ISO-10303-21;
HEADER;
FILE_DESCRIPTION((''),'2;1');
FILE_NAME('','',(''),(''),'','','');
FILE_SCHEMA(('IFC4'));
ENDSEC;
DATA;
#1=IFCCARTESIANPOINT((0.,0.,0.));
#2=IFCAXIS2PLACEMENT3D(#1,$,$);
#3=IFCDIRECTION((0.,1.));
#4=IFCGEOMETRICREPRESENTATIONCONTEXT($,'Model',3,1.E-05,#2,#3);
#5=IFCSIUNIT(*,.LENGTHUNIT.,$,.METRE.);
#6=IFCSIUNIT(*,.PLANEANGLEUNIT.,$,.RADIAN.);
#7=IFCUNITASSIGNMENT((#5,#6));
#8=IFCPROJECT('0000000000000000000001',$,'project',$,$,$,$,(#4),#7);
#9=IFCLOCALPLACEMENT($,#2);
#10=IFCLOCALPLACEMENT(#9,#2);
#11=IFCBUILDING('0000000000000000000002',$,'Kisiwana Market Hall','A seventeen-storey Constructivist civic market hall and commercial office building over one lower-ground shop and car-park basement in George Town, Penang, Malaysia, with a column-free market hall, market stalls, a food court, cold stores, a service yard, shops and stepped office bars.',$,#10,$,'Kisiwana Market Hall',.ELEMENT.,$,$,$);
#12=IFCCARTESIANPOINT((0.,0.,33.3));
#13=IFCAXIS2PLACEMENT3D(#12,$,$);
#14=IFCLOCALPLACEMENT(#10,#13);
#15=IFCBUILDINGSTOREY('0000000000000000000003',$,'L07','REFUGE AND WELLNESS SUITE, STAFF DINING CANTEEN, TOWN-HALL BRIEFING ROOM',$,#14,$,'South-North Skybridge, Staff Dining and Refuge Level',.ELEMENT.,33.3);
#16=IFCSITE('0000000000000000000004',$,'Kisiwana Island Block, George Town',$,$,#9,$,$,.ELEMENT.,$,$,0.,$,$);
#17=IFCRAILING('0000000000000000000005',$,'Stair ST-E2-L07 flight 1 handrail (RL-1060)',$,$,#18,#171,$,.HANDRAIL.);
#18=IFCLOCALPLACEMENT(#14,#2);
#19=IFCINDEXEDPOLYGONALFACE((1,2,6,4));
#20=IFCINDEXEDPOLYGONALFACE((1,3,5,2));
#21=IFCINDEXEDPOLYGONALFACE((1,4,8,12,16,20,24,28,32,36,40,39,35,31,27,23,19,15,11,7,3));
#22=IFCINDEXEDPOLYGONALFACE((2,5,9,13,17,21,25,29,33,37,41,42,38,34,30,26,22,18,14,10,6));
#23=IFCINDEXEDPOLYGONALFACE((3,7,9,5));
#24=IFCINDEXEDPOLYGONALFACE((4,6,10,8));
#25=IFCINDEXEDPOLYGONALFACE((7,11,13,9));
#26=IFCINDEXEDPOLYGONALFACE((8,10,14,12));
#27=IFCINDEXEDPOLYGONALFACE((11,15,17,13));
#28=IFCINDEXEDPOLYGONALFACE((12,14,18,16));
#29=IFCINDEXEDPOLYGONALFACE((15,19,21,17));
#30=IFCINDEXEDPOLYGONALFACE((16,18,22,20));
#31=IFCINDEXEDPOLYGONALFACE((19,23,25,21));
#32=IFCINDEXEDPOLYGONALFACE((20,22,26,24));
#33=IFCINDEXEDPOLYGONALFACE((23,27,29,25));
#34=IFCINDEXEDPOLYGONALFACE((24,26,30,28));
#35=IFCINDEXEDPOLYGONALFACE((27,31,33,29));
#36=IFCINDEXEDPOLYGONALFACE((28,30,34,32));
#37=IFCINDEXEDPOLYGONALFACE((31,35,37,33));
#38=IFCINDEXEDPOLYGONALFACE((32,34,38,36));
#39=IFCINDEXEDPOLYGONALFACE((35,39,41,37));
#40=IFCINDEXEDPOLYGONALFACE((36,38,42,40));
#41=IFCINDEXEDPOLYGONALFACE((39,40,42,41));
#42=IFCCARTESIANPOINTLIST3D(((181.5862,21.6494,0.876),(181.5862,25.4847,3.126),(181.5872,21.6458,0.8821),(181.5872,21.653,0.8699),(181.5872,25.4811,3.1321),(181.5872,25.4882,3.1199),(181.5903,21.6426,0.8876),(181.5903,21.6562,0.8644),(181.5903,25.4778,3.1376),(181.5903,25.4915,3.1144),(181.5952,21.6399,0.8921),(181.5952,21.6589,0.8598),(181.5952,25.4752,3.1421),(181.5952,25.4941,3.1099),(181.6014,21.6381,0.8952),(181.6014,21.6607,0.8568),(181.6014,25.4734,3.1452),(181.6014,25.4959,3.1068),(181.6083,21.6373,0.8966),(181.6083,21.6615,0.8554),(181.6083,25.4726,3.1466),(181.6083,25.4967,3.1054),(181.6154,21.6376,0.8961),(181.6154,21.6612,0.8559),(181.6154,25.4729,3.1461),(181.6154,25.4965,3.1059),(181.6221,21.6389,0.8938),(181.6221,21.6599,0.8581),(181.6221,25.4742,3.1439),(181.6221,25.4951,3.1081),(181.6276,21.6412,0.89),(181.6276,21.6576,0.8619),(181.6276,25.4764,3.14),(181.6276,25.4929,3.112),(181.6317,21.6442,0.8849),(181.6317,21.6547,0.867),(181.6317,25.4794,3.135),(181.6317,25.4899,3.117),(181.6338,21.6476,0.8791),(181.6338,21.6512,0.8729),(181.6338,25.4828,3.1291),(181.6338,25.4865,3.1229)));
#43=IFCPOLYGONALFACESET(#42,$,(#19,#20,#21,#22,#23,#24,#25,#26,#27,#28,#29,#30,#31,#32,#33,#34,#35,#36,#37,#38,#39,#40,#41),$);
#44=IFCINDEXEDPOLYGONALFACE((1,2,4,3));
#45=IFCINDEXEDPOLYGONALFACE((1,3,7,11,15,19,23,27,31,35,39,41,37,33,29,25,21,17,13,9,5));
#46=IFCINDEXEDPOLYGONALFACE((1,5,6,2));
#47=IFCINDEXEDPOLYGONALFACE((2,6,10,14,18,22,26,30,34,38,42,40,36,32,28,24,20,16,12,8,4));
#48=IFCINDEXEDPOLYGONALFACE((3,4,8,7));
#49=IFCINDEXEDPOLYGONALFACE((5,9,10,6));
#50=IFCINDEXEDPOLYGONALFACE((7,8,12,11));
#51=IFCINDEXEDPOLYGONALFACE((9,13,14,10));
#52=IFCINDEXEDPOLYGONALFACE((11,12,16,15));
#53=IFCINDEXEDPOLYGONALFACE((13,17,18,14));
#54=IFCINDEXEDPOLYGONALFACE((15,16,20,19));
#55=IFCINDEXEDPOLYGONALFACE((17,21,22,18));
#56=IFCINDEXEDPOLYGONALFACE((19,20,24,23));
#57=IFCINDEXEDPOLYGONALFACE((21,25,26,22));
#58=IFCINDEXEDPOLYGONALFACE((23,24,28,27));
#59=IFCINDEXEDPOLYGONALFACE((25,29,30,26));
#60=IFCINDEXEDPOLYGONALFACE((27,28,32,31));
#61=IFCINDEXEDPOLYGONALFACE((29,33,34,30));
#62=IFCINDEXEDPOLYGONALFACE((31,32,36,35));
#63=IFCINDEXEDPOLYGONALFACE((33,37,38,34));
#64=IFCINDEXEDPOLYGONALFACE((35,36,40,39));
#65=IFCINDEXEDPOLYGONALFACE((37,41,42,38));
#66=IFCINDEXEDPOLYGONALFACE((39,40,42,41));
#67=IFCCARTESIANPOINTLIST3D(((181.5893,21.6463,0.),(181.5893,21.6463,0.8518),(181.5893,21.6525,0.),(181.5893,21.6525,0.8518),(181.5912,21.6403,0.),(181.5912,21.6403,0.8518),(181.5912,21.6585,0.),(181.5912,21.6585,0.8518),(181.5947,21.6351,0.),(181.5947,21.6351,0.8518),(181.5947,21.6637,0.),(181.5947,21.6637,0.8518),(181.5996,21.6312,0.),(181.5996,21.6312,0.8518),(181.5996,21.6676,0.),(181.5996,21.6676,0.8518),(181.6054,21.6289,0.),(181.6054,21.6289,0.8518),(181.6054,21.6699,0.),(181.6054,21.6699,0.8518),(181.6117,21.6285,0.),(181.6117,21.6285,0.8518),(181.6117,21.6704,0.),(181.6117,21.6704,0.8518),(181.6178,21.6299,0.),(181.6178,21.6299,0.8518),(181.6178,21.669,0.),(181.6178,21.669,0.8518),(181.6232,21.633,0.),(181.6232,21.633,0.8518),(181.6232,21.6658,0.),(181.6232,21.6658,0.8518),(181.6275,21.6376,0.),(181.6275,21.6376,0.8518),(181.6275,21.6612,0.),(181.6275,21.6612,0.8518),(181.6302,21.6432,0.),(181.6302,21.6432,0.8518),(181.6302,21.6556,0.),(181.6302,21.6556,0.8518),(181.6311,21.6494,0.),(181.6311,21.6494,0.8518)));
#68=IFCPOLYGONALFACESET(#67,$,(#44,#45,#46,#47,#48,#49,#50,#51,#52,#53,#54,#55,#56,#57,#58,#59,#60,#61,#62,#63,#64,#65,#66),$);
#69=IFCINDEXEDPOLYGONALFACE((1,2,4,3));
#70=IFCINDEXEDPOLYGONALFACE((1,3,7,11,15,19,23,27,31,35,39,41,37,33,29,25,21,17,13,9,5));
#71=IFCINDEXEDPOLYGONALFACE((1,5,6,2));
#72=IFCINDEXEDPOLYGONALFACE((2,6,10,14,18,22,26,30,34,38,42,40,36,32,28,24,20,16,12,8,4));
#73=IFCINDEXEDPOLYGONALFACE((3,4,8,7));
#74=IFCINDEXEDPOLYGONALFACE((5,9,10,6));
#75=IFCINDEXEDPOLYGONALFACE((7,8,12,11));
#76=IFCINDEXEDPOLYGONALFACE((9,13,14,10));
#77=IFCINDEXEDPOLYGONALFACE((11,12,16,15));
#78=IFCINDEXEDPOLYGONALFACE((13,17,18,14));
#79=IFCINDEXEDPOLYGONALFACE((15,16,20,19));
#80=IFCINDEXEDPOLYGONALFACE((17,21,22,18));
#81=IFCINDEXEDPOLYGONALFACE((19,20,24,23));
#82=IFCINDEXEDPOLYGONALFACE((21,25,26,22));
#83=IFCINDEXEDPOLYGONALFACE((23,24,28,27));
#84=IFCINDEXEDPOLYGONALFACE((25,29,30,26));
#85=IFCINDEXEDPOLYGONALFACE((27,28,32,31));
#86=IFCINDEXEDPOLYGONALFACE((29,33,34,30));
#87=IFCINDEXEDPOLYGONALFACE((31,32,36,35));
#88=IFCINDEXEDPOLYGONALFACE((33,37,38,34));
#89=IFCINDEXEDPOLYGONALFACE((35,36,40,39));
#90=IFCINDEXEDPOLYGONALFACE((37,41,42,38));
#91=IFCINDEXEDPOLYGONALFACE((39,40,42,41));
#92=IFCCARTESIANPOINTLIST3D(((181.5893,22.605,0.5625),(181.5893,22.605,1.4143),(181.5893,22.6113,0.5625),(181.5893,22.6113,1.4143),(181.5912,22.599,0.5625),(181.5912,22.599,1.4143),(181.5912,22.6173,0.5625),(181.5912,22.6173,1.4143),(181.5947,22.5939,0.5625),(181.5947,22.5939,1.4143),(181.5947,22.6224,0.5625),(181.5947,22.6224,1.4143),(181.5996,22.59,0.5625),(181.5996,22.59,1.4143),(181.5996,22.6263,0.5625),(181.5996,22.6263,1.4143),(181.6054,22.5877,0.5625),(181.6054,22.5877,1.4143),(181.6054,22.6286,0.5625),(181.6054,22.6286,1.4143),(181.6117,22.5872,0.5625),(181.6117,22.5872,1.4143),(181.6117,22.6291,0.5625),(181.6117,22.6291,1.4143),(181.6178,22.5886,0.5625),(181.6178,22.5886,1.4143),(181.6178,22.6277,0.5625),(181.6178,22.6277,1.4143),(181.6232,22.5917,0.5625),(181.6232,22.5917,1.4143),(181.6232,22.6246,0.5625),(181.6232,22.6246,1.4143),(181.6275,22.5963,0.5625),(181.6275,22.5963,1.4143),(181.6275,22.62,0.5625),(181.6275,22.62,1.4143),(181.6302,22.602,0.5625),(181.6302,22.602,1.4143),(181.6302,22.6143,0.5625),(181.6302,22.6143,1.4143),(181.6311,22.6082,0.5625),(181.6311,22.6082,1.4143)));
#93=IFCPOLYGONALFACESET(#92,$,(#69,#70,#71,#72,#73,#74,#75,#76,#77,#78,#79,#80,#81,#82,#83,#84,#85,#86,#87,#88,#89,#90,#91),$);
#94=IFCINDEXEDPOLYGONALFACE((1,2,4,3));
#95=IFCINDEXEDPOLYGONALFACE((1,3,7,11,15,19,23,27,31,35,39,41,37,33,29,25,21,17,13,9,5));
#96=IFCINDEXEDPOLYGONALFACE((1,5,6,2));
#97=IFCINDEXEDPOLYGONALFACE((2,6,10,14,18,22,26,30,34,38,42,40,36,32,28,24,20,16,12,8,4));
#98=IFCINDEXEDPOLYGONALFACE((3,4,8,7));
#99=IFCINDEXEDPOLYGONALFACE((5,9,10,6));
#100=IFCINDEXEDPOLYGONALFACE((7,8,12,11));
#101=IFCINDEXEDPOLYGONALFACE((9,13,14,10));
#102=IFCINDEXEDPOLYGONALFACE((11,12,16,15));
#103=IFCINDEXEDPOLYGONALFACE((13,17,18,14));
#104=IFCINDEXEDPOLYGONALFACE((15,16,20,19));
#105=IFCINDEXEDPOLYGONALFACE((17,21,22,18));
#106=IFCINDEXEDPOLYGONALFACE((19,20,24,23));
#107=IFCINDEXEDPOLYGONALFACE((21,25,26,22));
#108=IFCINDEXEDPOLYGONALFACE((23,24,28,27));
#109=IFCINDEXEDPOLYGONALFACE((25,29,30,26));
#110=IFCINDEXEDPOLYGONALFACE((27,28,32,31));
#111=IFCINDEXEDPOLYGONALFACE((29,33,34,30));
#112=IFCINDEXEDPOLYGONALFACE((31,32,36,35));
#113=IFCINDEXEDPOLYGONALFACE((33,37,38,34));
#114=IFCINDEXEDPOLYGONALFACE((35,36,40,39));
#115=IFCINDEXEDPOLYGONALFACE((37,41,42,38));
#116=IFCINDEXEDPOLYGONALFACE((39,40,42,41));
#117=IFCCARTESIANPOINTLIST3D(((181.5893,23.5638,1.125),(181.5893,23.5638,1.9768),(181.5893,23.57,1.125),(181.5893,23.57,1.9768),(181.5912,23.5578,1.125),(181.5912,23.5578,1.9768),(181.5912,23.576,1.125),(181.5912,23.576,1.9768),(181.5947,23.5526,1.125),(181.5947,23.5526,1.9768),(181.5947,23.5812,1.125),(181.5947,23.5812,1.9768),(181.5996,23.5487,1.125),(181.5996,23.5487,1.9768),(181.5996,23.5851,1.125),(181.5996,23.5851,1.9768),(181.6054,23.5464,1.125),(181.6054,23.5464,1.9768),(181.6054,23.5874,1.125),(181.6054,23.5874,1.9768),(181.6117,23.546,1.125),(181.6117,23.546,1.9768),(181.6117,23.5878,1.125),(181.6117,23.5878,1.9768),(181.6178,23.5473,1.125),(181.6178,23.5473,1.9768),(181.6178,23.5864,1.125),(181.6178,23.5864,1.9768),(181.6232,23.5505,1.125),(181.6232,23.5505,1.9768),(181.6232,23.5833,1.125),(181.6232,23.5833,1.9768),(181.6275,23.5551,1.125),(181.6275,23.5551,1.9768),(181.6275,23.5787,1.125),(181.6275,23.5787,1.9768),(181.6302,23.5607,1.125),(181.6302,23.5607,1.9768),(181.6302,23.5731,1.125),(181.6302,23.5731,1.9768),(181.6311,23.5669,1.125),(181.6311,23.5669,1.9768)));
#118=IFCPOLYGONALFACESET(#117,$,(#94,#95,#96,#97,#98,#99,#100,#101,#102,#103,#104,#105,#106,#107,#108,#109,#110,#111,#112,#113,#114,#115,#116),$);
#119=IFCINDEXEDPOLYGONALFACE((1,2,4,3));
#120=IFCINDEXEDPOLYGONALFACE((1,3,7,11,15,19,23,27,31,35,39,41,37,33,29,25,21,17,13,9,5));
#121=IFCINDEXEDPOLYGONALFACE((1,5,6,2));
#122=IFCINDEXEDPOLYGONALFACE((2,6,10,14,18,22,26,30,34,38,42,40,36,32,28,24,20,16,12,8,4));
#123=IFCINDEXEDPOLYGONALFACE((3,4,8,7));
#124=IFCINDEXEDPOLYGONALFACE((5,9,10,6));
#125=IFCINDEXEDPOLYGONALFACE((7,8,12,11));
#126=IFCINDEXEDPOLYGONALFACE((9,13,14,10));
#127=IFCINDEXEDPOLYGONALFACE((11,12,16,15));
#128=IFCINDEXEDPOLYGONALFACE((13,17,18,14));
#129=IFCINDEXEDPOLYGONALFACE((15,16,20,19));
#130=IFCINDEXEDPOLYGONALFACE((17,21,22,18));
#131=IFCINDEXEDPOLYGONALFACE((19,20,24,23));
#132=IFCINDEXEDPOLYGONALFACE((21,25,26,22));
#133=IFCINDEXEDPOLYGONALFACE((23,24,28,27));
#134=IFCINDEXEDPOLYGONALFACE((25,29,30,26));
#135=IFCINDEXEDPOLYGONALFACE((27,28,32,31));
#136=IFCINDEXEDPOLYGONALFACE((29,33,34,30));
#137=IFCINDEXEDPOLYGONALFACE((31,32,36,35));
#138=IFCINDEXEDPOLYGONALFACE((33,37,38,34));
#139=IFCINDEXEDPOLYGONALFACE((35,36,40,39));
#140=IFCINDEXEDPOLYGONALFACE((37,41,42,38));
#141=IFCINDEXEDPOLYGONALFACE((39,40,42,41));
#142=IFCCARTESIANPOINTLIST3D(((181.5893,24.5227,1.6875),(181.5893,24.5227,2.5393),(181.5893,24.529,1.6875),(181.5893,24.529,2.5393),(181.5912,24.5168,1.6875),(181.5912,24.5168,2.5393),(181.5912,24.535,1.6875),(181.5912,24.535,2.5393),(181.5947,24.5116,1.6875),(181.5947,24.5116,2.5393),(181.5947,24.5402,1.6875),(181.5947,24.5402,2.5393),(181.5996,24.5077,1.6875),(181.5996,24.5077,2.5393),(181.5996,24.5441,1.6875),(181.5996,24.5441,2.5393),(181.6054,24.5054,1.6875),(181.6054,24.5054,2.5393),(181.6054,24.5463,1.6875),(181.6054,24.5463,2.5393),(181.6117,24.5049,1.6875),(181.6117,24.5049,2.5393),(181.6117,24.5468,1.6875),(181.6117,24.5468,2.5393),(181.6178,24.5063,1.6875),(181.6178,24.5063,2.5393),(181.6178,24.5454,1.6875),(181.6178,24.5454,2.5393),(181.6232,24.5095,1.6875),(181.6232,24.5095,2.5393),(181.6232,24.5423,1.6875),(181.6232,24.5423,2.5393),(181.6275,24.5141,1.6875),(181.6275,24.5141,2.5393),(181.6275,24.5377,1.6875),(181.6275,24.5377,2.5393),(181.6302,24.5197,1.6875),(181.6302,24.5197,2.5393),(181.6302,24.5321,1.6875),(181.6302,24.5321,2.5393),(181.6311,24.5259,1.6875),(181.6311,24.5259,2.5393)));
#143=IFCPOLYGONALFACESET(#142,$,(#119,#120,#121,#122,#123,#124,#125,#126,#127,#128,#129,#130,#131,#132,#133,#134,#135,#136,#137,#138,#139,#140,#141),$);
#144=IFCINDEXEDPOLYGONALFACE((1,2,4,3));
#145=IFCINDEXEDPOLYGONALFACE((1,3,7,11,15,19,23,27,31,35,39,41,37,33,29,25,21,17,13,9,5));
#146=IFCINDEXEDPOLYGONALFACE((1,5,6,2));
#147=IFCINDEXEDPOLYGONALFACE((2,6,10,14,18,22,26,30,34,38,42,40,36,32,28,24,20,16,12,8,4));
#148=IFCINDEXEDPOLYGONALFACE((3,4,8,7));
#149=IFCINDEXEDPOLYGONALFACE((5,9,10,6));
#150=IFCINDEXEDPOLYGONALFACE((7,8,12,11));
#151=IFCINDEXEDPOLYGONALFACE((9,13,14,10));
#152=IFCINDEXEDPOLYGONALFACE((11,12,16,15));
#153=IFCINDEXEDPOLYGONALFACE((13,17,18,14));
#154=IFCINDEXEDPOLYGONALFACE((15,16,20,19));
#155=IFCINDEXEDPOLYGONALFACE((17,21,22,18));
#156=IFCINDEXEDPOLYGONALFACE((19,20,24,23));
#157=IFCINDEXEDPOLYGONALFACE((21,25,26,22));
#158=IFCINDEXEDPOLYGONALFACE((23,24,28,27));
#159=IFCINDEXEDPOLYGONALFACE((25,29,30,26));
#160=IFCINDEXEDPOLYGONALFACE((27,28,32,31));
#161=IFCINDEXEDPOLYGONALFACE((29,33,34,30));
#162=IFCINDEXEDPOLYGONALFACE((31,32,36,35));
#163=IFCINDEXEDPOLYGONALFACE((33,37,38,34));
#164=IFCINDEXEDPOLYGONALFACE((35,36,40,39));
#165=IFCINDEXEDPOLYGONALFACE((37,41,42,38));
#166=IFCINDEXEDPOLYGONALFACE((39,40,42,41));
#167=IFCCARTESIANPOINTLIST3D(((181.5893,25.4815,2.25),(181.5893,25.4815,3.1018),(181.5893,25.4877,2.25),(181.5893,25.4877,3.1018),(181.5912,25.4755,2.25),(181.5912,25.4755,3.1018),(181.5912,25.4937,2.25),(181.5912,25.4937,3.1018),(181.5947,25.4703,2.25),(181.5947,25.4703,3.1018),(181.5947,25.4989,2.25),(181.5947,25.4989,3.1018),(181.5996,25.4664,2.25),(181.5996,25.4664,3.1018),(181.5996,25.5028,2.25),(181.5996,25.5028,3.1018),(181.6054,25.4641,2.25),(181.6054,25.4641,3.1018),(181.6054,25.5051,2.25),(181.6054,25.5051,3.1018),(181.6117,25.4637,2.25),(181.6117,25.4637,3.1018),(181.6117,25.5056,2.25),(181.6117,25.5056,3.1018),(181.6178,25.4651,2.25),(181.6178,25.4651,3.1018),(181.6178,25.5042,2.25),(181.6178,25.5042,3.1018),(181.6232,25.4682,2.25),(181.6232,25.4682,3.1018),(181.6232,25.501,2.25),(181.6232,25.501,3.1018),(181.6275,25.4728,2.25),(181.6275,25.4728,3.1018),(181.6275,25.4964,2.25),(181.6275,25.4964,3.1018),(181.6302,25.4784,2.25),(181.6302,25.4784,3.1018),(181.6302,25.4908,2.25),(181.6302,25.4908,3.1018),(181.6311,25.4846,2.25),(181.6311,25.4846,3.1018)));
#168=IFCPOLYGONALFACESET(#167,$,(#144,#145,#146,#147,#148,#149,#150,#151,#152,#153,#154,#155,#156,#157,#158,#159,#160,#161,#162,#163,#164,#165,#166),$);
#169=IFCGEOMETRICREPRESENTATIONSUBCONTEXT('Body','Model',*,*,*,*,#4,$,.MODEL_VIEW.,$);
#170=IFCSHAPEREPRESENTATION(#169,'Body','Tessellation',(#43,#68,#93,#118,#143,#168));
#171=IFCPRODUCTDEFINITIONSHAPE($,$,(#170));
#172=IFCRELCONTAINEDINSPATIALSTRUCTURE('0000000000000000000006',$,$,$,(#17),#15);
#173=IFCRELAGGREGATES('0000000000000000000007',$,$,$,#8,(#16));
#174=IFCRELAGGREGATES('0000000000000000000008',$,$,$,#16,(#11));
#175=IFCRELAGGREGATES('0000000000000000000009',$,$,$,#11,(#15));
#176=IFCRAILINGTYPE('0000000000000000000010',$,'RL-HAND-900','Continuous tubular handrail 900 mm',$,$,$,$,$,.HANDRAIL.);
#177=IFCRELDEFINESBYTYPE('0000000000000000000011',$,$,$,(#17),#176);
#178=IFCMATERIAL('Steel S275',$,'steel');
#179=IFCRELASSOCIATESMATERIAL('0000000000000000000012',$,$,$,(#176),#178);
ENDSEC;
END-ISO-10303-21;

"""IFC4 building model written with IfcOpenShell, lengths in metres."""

from ifc_helpers import new_model, si_unit, direction, frame, origin, origin_2d, place, context, subcontext, project, spatial, circle, extrude, material, type_object, element, save


model = new_model("IFC4")

# Units and contexts
model_context = context("Model", 3, precision=1e-05, world=origin(), true_north=direction((0.0, 1.0)))
body_context = subcontext(model_context, "Body", "Model", "MODEL_VIEW")
ifc_project = project(units=[si_unit("LENGTHUNIT", "METRE"), si_unit("PLANEANGLEUNIT", "RADIAN")], contexts=[model_context])

# Site, building, storey
site_placement = place(None, origin())
site = spatial("IfcSite", under=ifc_project, at=site_placement, Name="Kisiwana Island Block, George Town", CompositionType="ELEMENT", RefElevation=0.0)
building_placement = place(site_placement, origin())
building = spatial("IfcBuilding", under=site, at=building_placement, Name="Kisiwana Market Hall", Description="A seventeen-storey Constructivist civic market hall and commercial office building over one lower-ground shop and car-park basement in George Town, Penang, Malaysia, with a column-free market hall, market stalls, a food court, cold stores, a service yard, shops and stepped office bars.", LongName="Kisiwana Market Hall", CompositionType="ELEMENT")
storey_placement = place(building_placement, frame((0.0, 0.0, 33.3)))
storey = spatial("IfcBuildingStorey", under=building, at=storey_placement, Name="L07", Description="REFUGE AND WELLNESS SUITE, STAFF DINING CANTEEN, TOWN-HALL BRIEFING ROOM", LongName="South-North Skybridge, Staff Dining and Refuge Level", CompositionType="ELEMENT", Elevation=33.3)

# Railing
ifc_material_1 = material(Name="Steel S275", Category="steel")
railing_type_1 = type_object("IfcRailingType", Name="RL-HAND-900", Description="Continuous tubular handrail 900 mm", PredefinedType="HANDRAIL", material=ifc_material_1)
railing_1_placement = place(storey_placement, frame((181.6101, 21.6494, 0.0)))
element("IfcRailing", 1, at=railing_1_placement, inside=storey, type_object=railing_type_1, Name="Stair ST-E2-L07 flight 1 handrail (RL-1060)", PredefinedType="HANDRAIL", context=body_context, shape_type="SweptSolid", body=[
    extrude(circle(Radius=0.0239, at=origin_2d()), frame((0.0, 0.0, 0.876), z_axis=(0.0, 0.862524, 0.506017), x_axis=(-1.0, 0.0, 0.0)), (0.0, 0.0, 1.0), 4.4465),
    extrude(circle(Radius=0.021, at=origin_2d()), origin(), (0.0, 0.0, 1.0), 0.8518),
    extrude(circle(Radius=0.021, at=origin_2d()), frame((0.0, 0.9587, 0.5625)), (0.0, 0.0, 1.0), 0.8518),
    extrude(circle(Radius=0.021, at=origin_2d()), frame((0.0, 1.9175, 1.125)), (0.0, 0.0, 1.0), 0.8518),
    extrude(circle(Radius=0.021, at=origin_2d()), frame((0.0, 2.8765, 1.6875)), (0.0, 0.0, 1.0), 0.8518),
    extrude(circle(Radius=0.021, at=origin_2d()), frame((0.0, 3.8352, 2.25)), (0.0, 0.0, 1.0), 0.8518),
])

save(model, "model.ifc")
